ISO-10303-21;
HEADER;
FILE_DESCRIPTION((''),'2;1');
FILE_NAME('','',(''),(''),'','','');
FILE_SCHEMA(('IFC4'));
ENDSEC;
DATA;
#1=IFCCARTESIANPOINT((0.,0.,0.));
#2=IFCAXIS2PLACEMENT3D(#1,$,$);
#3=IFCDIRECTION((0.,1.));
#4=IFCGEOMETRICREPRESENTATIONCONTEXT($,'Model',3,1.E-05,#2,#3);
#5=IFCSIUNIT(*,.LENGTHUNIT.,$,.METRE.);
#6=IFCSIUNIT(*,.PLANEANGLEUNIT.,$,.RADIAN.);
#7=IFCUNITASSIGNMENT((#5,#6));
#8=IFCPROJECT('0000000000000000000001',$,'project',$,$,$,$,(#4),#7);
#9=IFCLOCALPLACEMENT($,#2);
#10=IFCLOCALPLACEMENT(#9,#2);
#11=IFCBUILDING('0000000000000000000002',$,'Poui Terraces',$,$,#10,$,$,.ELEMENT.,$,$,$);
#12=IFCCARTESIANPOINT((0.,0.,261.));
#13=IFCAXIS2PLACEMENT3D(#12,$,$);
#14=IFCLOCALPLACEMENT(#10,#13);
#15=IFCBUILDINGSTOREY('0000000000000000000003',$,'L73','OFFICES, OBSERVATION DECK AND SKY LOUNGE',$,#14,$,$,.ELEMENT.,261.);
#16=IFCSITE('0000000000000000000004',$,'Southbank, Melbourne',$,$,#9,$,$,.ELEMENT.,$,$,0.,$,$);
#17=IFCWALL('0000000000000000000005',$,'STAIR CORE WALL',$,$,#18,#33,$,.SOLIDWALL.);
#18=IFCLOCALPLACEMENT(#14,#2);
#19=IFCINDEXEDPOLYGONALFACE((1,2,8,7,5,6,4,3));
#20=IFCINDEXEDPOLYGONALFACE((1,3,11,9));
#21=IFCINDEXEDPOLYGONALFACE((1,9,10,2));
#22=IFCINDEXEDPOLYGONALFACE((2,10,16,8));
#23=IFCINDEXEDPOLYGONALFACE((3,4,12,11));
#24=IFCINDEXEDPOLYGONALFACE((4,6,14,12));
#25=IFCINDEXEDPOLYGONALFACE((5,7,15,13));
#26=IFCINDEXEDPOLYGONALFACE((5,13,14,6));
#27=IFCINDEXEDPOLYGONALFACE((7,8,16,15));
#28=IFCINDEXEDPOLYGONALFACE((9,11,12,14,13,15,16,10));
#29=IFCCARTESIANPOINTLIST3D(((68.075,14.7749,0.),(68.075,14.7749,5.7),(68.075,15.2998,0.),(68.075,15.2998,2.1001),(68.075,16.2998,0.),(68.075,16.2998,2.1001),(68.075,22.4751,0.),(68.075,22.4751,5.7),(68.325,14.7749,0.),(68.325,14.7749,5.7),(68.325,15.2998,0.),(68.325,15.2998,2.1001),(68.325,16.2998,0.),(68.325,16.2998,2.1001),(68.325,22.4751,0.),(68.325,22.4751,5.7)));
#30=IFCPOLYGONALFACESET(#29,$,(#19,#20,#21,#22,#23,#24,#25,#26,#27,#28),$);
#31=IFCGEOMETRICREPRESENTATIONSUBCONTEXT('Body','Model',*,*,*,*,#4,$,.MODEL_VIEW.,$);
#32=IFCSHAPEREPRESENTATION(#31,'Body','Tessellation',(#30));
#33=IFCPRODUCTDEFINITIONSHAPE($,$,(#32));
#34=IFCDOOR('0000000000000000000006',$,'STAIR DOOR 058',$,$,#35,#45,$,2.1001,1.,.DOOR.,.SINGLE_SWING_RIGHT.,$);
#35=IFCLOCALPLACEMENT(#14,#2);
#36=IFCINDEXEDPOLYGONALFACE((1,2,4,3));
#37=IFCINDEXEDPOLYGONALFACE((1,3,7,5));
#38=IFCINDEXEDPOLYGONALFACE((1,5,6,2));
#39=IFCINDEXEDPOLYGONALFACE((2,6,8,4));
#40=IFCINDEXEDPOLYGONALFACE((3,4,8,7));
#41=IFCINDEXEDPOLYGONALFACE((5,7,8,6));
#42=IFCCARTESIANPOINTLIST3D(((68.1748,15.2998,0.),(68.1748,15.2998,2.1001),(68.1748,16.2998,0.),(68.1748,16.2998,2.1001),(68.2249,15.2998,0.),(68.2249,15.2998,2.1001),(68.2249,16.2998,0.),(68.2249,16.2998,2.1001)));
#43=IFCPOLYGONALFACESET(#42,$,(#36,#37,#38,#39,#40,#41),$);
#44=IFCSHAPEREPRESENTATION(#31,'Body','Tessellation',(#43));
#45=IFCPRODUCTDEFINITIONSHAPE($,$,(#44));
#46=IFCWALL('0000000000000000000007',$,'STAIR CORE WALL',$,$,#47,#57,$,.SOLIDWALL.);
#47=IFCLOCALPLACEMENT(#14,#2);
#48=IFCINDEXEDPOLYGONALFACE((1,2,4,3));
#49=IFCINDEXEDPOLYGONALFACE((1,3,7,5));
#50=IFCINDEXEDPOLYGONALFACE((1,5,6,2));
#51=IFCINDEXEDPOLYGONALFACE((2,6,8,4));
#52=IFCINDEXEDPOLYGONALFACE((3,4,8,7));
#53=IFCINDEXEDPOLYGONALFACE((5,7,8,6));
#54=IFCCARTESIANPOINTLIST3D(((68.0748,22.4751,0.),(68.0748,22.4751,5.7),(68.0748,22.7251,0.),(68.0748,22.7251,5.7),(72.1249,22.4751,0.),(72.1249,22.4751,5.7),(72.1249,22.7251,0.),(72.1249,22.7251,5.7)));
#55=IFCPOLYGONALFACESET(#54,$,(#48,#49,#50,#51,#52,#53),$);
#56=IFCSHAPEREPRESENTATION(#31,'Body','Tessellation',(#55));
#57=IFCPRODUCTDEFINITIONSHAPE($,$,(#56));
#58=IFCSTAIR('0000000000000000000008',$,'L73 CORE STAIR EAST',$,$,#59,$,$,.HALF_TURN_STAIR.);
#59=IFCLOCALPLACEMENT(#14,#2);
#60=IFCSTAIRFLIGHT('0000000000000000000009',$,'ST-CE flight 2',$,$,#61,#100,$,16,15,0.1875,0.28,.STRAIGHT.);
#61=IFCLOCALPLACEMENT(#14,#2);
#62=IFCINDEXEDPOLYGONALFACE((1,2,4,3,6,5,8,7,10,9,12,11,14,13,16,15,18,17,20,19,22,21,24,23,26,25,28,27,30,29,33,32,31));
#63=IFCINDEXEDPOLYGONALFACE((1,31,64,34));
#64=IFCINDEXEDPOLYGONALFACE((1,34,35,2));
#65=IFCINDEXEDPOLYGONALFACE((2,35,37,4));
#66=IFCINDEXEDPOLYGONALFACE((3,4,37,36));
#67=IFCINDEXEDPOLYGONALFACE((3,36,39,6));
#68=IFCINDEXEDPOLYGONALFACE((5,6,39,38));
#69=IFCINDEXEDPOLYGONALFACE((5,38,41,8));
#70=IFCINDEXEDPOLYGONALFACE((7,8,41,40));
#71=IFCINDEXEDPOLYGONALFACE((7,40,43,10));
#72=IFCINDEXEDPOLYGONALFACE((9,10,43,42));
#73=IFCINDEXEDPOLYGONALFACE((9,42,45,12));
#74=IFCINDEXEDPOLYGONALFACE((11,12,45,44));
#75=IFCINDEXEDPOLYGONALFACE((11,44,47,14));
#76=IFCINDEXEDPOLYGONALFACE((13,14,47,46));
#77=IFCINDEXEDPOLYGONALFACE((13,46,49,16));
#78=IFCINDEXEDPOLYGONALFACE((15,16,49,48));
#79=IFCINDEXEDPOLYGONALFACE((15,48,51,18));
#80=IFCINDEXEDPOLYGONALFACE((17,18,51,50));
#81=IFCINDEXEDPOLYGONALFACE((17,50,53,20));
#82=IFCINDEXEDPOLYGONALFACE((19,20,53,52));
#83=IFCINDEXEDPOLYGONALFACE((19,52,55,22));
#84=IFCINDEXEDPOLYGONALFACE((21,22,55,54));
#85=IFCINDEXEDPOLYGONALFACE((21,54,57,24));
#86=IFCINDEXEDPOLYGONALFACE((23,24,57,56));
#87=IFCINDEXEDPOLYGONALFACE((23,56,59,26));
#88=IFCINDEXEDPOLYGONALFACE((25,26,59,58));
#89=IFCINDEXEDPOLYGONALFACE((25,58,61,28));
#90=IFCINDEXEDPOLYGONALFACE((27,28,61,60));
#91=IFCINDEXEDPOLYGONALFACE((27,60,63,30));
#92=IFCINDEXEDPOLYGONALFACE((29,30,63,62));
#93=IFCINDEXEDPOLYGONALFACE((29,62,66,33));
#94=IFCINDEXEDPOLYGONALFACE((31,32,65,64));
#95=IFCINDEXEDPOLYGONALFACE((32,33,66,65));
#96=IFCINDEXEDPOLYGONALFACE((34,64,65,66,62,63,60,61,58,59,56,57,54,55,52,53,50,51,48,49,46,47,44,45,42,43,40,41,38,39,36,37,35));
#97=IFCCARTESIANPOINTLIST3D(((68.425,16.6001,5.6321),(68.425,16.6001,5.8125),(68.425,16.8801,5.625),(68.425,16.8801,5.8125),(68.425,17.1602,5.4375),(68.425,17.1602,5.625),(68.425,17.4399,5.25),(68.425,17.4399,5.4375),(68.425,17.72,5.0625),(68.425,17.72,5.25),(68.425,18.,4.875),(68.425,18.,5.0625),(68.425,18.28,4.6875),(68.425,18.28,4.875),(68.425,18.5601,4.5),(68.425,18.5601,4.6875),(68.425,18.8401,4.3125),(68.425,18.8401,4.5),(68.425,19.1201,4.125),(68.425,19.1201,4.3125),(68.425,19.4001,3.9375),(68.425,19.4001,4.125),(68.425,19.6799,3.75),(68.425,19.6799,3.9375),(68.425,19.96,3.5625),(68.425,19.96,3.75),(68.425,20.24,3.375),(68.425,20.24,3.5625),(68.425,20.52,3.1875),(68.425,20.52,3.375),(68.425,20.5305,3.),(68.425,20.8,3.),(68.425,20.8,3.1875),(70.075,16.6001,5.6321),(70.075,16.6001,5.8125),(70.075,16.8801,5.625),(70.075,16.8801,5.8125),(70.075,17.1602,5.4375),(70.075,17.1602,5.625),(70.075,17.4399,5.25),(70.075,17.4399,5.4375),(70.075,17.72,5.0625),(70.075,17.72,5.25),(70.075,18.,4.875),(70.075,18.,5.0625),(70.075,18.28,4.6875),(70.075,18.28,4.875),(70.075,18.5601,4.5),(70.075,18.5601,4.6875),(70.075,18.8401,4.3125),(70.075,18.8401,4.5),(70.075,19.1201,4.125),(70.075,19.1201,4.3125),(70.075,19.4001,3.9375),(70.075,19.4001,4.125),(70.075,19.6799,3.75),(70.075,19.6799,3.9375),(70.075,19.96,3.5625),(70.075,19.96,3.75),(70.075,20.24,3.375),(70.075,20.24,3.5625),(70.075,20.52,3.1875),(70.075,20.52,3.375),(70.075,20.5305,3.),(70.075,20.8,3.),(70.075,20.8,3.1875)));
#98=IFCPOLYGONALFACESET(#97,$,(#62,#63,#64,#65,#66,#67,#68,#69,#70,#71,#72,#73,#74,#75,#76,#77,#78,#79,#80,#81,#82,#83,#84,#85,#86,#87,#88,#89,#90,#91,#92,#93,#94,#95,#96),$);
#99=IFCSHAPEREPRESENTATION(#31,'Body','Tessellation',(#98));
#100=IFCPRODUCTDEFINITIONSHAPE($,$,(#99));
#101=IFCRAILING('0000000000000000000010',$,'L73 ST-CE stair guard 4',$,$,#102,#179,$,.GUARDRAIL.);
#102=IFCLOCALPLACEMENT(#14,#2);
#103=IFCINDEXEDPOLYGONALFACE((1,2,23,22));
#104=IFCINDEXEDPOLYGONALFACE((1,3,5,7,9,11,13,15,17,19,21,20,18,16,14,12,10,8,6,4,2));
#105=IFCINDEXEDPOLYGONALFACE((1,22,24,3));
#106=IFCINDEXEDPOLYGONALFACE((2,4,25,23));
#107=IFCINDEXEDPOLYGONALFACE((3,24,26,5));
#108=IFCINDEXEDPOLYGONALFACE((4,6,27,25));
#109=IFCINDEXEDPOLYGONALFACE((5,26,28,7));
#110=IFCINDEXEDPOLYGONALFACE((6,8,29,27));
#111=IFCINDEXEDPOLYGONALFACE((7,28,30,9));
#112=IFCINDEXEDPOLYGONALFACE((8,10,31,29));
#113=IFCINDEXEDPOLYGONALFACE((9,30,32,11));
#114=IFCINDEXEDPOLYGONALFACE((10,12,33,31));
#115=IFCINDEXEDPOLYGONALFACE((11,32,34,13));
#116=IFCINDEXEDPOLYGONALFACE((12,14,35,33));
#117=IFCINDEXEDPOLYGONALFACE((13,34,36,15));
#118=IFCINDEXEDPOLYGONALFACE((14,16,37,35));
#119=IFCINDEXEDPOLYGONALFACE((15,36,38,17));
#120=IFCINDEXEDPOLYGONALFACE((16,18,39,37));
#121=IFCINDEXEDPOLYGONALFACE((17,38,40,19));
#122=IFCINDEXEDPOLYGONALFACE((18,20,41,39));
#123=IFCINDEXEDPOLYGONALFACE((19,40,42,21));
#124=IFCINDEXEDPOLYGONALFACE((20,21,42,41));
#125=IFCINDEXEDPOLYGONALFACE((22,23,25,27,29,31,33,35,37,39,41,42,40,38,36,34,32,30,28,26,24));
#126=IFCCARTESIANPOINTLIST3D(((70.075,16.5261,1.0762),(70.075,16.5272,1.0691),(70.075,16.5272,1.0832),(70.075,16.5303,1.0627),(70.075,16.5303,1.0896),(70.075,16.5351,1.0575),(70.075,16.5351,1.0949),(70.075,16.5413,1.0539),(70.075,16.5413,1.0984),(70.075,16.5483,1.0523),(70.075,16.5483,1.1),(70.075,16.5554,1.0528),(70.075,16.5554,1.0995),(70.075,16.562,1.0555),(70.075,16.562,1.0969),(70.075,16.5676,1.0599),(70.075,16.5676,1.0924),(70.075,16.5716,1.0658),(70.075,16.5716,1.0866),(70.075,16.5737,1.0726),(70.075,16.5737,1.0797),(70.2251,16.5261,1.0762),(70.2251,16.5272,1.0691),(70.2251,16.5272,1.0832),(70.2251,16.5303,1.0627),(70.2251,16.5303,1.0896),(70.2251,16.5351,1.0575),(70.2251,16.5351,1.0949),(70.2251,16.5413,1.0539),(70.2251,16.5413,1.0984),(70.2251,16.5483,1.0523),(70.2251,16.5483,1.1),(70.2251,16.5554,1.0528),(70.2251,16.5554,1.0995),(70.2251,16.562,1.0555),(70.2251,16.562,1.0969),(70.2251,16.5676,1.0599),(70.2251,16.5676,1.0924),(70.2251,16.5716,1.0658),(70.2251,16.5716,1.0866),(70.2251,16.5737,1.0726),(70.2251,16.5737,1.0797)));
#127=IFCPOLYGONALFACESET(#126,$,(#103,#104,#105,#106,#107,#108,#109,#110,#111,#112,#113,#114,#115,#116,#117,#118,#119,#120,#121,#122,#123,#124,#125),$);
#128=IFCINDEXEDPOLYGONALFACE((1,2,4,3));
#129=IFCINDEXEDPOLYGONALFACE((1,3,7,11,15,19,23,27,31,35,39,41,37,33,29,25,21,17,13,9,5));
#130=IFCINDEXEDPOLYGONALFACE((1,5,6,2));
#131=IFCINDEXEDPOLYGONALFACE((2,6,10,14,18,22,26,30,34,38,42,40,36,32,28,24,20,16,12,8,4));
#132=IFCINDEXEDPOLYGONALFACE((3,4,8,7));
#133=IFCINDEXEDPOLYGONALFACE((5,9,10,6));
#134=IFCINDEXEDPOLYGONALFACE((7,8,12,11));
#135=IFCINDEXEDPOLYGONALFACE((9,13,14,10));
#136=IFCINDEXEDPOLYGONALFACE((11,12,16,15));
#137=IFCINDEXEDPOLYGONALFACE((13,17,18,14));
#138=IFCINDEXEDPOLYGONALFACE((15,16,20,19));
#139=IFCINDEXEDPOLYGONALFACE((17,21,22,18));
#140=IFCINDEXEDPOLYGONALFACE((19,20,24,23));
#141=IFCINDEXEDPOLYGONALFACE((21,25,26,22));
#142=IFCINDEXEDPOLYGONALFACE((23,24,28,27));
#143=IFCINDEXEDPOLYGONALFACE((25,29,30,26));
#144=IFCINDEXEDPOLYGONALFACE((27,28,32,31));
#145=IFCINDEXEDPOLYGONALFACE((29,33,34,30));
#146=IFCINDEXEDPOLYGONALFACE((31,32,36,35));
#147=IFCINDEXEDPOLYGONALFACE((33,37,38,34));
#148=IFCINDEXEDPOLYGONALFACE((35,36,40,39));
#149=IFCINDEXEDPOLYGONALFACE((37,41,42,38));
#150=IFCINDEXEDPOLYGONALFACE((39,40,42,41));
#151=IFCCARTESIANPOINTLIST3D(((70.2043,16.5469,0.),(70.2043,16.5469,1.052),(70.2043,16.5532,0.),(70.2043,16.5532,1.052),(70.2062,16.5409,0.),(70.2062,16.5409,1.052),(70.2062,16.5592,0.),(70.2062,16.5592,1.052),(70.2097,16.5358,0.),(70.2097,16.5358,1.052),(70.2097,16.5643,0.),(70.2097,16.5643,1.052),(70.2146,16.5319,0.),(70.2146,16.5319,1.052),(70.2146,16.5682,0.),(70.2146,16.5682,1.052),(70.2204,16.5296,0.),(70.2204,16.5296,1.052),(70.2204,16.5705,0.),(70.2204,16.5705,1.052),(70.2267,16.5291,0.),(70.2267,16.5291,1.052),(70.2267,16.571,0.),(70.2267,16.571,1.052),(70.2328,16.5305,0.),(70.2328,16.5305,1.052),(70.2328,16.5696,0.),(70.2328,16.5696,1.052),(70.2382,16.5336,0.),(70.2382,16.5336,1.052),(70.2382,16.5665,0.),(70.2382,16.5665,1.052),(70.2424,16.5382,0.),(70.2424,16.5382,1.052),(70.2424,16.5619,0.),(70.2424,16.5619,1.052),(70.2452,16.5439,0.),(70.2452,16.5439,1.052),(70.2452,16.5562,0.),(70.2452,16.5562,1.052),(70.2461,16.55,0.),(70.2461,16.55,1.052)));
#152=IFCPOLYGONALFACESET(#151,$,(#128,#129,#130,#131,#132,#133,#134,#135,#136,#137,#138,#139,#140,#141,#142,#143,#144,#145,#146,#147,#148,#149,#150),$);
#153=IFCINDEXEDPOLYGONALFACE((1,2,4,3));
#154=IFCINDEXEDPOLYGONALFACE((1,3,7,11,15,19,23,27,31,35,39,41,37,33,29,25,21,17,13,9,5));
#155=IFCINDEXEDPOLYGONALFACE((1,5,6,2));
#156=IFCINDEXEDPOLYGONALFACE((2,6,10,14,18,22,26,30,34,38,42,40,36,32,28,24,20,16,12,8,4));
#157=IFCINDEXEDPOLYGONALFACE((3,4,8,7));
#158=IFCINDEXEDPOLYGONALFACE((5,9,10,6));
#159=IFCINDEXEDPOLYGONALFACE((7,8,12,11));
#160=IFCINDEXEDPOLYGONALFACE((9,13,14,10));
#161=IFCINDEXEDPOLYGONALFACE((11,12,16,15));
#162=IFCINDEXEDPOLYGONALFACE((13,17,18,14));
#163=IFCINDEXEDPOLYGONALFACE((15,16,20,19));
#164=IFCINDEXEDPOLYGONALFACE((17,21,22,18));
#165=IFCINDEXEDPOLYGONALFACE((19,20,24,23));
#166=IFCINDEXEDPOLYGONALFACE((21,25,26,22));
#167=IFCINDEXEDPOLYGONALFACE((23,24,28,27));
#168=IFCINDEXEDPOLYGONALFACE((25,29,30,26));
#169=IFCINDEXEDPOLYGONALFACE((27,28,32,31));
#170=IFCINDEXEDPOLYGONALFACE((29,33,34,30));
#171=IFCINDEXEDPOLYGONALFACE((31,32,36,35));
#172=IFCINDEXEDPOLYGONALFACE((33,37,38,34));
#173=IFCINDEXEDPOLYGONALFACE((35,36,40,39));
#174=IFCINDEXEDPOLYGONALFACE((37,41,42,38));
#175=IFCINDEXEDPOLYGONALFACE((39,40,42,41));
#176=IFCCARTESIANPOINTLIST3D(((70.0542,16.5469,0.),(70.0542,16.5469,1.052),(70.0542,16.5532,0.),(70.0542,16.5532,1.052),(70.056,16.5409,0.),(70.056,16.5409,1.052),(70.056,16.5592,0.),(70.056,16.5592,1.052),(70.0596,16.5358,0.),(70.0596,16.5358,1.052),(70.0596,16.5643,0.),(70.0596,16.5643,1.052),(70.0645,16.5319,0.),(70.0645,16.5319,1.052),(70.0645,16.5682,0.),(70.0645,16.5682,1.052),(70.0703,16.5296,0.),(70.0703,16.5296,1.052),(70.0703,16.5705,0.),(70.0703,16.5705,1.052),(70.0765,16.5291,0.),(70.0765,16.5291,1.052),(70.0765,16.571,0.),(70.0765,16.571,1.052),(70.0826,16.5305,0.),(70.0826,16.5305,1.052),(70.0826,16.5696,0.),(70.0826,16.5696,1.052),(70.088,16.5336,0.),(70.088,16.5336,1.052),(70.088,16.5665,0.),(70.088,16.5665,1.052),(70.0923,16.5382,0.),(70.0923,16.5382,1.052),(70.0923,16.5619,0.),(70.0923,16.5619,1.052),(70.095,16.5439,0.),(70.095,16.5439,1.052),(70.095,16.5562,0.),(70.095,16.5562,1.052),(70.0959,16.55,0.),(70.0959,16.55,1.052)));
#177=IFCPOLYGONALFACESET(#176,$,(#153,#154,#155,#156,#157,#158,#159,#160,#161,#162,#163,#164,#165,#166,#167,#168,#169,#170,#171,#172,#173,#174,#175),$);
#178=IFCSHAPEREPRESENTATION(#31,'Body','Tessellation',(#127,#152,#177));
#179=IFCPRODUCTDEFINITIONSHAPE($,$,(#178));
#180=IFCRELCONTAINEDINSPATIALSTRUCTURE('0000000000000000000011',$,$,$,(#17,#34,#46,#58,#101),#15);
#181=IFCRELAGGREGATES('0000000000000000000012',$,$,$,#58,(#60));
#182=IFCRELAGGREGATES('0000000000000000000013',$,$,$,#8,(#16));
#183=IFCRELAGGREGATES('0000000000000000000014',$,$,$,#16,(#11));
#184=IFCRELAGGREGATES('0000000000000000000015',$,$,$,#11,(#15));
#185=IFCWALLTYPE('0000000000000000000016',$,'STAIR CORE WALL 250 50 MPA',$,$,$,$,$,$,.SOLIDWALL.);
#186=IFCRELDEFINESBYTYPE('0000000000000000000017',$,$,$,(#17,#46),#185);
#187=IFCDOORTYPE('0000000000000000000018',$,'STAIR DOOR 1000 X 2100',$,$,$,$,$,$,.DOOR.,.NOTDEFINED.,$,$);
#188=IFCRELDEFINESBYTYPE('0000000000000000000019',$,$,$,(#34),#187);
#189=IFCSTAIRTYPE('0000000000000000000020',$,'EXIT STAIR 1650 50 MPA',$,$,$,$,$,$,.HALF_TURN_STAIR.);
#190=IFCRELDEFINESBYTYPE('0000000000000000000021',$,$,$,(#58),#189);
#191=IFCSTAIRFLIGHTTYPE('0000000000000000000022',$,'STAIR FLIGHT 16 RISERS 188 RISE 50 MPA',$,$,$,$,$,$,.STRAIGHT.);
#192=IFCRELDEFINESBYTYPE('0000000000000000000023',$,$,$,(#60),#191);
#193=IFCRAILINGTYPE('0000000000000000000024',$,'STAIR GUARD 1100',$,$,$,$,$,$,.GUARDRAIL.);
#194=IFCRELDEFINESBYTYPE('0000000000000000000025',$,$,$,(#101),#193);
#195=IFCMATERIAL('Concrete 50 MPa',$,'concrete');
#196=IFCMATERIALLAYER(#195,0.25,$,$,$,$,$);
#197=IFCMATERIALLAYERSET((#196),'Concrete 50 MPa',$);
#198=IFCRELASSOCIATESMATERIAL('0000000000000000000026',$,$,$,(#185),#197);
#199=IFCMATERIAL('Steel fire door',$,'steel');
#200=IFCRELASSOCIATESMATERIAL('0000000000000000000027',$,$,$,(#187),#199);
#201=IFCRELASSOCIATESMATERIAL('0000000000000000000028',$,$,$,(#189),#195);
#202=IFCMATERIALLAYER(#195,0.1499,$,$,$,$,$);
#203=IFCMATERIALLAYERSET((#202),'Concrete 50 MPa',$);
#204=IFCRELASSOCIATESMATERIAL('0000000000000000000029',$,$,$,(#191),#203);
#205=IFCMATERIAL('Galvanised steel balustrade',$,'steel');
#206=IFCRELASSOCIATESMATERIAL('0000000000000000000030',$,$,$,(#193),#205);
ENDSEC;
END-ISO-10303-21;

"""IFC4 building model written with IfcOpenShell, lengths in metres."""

from ifc_helpers import new_model, si_unit, direction, frame, frame_2d, origin, origin_2d, place, context, subcontext, project, spatial, polyline, rectangle, circle, outline, extrude, material, layer, layer_set, type_object, element, fill, aggregate, save


model = new_model("IFC4")

# Units and contexts
model_context = context("Model", 3, precision=1e-05, world=origin(), true_north=direction((0.0, 1.0)))
body_context = subcontext(model_context, "Body", "Model", "MODEL_VIEW")
ifc_project = project(units=[si_unit("LENGTHUNIT", "METRE"), si_unit("PLANEANGLEUNIT", "RADIAN")], contexts=[model_context])

# Site, building, storey
site_placement = place(None, origin())
site = spatial("IfcSite", under=ifc_project, at=site_placement, Name="Southbank, Melbourne", CompositionType="ELEMENT", RefElevation=0.0)
building_placement = place(site_placement, origin())
building = spatial("IfcBuilding", under=site, at=building_placement, Name="Poui Terraces", CompositionType="ELEMENT")
storey_placement = place(building_placement, frame((0.0, 0.0, 261.0)))
storey = spatial("IfcBuildingStorey", under=building, at=storey_placement, Name="L73", Description="OFFICES, OBSERVATION DECK AND SKY LOUNGE", CompositionType="ELEMENT", Elevation=261.0)

# Shared definitions
ifc_material_1 = material(Name="Concrete 50 MPa", Category="concrete")

# Wall, opening, door
ifc_layer_1 = layer(ifc_material_1, 0.25)
ifc_layer_set_1 = layer_set([ifc_layer_1], Name="Concrete 50 MPa")
wall_type_1 = type_object("IfcWallType", Name="STAIR CORE WALL 250 50 MPA", PredefinedType="SOLIDWALL", material=ifc_layer_set_1)
wall_1_placement = place(storey_placement, frame((68.2, 14.7749, 0.0), z_axis=(0.0, 0.0, 1.0), x_axis=(0.0, 1.0, 0.0)))
wall_1 = element("IfcWall", 1, at=wall_1_placement, inside=storey, type_object=wall_type_1, Name="STAIR CORE WALL", PredefinedType="SOLIDWALL", context=body_context, shape_type="SweptSolid", body=[
    extrude(rectangle(XDim=7.7002, YDim=0.25, at=frame_2d((3.8501, 0.0))), origin(), (0.0, 0.0, 1.0), 5.7),
])
opening_1_placement = place(wall_1_placement, frame((0.5249, 0.0, 0.0)))
opening_1 = element("IfcOpeningElement", 2, at=opening_1_placement, cuts=wall_1, PredefinedType="OPENING", context=body_context, shape_type="SweptSolid", body=[
    extrude(rectangle(XDim=1.0, YDim=2.1001, at=frame_2d((0.5, 1.05))), frame((0.0, 0.135, 0.0), z_axis=(0.0, -1.0, 0.0), x_axis=(1.0, 0.0, 0.0)), (0.0, 0.0, 1.0), 0.27),
])
ifc_material_2 = material(Name="Steel fire door", Category="steel")
door_type_1 = type_object("IfcDoorType", Name="STAIR DOOR 1000 X 2100", OperationType="NOTDEFINED", PredefinedType="DOOR", material=ifc_material_2)
door_1_placement = place(opening_1_placement, frame((1.0, 0.0, 0.0), z_axis=(0.0, 0.0, 1.0), x_axis=(-1.0, 0.0, 0.0)))
door_1 = element("IfcDoor", 3, at=door_1_placement, inside=storey, type_object=door_type_1, Name="STAIR DOOR 058", OperationType="SINGLE_SWING_RIGHT", OverallHeight=2.1001, OverallWidth=1.0, PredefinedType="DOOR", context=body_context, shape_type="SweptSolid", body=[
    extrude(rectangle(XDim=1.0, YDim=2.1001, at=frame_2d((0.5, 1.05))), frame((0.0, 0.0249, 0.0), z_axis=(0.0, -1.0, 0.0), x_axis=(1.0, 0.0, 0.0)), (0.0, 0.0, 1.0), 0.05),
])
fill(opening_1, door_1)

# Wall
wall_2_placement = place(storey_placement, frame((68.075, 22.6001, 0.0), z_axis=(0.0, 0.0, 1.0), x_axis=(1.0, 0.0, 0.0)))
element("IfcWall", 4, at=wall_2_placement, inside=storey, type_object=wall_type_1, Name="STAIR CORE WALL", PredefinedType="SOLIDWALL", context=body_context, shape_type="SweptSolid", body=[
    extrude(rectangle(XDim=4.05, YDim=0.25, at=frame_2d((2.0249, 0.0))), origin(), (0.0, 0.0, 1.0), 5.7),
])

# Stair, stair flight
stair_type = type_object("IfcStairType", Name="EXIT STAIR 1650 50 MPA", PredefinedType="HALF_TURN_STAIR", material=ifc_material_1)
stair_placement = place(storey_placement, origin())
stair = element("IfcStair", 5, at=stair_placement, inside=storey, type_object=stair_type, Name="L73 CORE STAIR EAST", PredefinedType="HALF_TURN_STAIR")
ifc_layer_2 = layer(ifc_material_1, 0.1499)
ifc_layer_set_2 = layer_set([ifc_layer_2], Name="Concrete 50 MPa")
stair_flight_type = type_object("IfcStairFlightType", Name="STAIR FLIGHT 16 RISERS 188 RISE 50 MPA", PredefinedType="STRAIGHT", material=ifc_layer_set_2)
stair_flight_placement = place(storey_placement, frame((69.25, 20.8, 3.0), z_axis=(0.0, 0.0, 1.0), x_axis=(0.0, -1.0, 0.0)))
stair_flight = element("IfcStairFlight", 6, at=stair_flight_placement, type_object=stair_flight_type, Name="ST-CE flight 2", NumberOfRisers=16, NumberOfTreads=15, PredefinedType="STRAIGHT", RiserHeight=0.1875, TreadLength=0.28, context=body_context, shape_type="SweptSolid", body=[
    extrude(outline(polyline([(0.0, 0.0), (0.0, 0.1875), (0.28, 0.1875), (0.28, 0.375), (0.5601, 0.375), (0.5601, 0.5625), (0.8401, 0.5625), (0.8401, 0.75), (1.1201, 0.75), (1.1201, 0.9375), (1.3999, 0.9375), (1.3999, 1.125), (1.6799, 1.125), (1.6799, 1.3125), (1.96, 1.3125), (1.96, 1.5), (2.24, 1.5), (2.24, 1.6875), (2.52, 1.6875), (2.52, 1.875), (2.8, 1.875), (2.8, 2.0625), (3.0801, 2.0625), (3.0801, 2.25), (3.3601, 2.25), (3.3601, 2.4375), (3.6399, 2.4375), (3.6399, 2.625), (3.9199, 2.625), (3.9199, 2.8125), (4.2, 2.8125), (4.2, 3.0), (4.2, 2.6321), (0.2695, 0.0), (0.0, 0.0)])), frame((0.0, 0.825, 0.0), z_axis=(0.0, -1.0, 0.0), x_axis=(1.0, 0.0, 0.0)), (0.0, 0.0, 1.0), 1.6499),
])
aggregate(stair, [stair_flight])

# Railing
ifc_material_3 = material(Name="Galvanised steel balustrade", Category="steel")
railing_type_1 = type_object("IfcRailingType", Name="STAIR GUARD 1100", PredefinedType="GUARDRAIL", material=ifc_material_3)
railing_1_placement = place(storey_placement, frame((70.2251, 16.55, 0.0)))
element("IfcRailing", 7, at=railing_1_placement, inside=storey, type_object=railing_type_1, Name="L73 ST-CE stair guard 4", PredefinedType="GUARDRAIL", context=body_context, shape_type="SweptSolid", body=[
    extrude(circle(Radius=0.0239, at=origin_2d()), frame((0.0, 0.0, 1.0762), z_axis=(-1.0, 0.0, 0.0), x_axis=(0.0, -1.0, 0.0)), (0.0, 0.0, 1.0), 0.1501),
    extrude(circle(Radius=0.021, at=origin_2d()), origin(), (0.0, 0.0, 1.0), 1.052),
    extrude(circle(Radius=0.021, at=origin_2d()), frame((-0.1501, 0.0, 0.0)), (0.0, 0.0, 1.0), 1.052),
])

save(model, "model.ifc")
